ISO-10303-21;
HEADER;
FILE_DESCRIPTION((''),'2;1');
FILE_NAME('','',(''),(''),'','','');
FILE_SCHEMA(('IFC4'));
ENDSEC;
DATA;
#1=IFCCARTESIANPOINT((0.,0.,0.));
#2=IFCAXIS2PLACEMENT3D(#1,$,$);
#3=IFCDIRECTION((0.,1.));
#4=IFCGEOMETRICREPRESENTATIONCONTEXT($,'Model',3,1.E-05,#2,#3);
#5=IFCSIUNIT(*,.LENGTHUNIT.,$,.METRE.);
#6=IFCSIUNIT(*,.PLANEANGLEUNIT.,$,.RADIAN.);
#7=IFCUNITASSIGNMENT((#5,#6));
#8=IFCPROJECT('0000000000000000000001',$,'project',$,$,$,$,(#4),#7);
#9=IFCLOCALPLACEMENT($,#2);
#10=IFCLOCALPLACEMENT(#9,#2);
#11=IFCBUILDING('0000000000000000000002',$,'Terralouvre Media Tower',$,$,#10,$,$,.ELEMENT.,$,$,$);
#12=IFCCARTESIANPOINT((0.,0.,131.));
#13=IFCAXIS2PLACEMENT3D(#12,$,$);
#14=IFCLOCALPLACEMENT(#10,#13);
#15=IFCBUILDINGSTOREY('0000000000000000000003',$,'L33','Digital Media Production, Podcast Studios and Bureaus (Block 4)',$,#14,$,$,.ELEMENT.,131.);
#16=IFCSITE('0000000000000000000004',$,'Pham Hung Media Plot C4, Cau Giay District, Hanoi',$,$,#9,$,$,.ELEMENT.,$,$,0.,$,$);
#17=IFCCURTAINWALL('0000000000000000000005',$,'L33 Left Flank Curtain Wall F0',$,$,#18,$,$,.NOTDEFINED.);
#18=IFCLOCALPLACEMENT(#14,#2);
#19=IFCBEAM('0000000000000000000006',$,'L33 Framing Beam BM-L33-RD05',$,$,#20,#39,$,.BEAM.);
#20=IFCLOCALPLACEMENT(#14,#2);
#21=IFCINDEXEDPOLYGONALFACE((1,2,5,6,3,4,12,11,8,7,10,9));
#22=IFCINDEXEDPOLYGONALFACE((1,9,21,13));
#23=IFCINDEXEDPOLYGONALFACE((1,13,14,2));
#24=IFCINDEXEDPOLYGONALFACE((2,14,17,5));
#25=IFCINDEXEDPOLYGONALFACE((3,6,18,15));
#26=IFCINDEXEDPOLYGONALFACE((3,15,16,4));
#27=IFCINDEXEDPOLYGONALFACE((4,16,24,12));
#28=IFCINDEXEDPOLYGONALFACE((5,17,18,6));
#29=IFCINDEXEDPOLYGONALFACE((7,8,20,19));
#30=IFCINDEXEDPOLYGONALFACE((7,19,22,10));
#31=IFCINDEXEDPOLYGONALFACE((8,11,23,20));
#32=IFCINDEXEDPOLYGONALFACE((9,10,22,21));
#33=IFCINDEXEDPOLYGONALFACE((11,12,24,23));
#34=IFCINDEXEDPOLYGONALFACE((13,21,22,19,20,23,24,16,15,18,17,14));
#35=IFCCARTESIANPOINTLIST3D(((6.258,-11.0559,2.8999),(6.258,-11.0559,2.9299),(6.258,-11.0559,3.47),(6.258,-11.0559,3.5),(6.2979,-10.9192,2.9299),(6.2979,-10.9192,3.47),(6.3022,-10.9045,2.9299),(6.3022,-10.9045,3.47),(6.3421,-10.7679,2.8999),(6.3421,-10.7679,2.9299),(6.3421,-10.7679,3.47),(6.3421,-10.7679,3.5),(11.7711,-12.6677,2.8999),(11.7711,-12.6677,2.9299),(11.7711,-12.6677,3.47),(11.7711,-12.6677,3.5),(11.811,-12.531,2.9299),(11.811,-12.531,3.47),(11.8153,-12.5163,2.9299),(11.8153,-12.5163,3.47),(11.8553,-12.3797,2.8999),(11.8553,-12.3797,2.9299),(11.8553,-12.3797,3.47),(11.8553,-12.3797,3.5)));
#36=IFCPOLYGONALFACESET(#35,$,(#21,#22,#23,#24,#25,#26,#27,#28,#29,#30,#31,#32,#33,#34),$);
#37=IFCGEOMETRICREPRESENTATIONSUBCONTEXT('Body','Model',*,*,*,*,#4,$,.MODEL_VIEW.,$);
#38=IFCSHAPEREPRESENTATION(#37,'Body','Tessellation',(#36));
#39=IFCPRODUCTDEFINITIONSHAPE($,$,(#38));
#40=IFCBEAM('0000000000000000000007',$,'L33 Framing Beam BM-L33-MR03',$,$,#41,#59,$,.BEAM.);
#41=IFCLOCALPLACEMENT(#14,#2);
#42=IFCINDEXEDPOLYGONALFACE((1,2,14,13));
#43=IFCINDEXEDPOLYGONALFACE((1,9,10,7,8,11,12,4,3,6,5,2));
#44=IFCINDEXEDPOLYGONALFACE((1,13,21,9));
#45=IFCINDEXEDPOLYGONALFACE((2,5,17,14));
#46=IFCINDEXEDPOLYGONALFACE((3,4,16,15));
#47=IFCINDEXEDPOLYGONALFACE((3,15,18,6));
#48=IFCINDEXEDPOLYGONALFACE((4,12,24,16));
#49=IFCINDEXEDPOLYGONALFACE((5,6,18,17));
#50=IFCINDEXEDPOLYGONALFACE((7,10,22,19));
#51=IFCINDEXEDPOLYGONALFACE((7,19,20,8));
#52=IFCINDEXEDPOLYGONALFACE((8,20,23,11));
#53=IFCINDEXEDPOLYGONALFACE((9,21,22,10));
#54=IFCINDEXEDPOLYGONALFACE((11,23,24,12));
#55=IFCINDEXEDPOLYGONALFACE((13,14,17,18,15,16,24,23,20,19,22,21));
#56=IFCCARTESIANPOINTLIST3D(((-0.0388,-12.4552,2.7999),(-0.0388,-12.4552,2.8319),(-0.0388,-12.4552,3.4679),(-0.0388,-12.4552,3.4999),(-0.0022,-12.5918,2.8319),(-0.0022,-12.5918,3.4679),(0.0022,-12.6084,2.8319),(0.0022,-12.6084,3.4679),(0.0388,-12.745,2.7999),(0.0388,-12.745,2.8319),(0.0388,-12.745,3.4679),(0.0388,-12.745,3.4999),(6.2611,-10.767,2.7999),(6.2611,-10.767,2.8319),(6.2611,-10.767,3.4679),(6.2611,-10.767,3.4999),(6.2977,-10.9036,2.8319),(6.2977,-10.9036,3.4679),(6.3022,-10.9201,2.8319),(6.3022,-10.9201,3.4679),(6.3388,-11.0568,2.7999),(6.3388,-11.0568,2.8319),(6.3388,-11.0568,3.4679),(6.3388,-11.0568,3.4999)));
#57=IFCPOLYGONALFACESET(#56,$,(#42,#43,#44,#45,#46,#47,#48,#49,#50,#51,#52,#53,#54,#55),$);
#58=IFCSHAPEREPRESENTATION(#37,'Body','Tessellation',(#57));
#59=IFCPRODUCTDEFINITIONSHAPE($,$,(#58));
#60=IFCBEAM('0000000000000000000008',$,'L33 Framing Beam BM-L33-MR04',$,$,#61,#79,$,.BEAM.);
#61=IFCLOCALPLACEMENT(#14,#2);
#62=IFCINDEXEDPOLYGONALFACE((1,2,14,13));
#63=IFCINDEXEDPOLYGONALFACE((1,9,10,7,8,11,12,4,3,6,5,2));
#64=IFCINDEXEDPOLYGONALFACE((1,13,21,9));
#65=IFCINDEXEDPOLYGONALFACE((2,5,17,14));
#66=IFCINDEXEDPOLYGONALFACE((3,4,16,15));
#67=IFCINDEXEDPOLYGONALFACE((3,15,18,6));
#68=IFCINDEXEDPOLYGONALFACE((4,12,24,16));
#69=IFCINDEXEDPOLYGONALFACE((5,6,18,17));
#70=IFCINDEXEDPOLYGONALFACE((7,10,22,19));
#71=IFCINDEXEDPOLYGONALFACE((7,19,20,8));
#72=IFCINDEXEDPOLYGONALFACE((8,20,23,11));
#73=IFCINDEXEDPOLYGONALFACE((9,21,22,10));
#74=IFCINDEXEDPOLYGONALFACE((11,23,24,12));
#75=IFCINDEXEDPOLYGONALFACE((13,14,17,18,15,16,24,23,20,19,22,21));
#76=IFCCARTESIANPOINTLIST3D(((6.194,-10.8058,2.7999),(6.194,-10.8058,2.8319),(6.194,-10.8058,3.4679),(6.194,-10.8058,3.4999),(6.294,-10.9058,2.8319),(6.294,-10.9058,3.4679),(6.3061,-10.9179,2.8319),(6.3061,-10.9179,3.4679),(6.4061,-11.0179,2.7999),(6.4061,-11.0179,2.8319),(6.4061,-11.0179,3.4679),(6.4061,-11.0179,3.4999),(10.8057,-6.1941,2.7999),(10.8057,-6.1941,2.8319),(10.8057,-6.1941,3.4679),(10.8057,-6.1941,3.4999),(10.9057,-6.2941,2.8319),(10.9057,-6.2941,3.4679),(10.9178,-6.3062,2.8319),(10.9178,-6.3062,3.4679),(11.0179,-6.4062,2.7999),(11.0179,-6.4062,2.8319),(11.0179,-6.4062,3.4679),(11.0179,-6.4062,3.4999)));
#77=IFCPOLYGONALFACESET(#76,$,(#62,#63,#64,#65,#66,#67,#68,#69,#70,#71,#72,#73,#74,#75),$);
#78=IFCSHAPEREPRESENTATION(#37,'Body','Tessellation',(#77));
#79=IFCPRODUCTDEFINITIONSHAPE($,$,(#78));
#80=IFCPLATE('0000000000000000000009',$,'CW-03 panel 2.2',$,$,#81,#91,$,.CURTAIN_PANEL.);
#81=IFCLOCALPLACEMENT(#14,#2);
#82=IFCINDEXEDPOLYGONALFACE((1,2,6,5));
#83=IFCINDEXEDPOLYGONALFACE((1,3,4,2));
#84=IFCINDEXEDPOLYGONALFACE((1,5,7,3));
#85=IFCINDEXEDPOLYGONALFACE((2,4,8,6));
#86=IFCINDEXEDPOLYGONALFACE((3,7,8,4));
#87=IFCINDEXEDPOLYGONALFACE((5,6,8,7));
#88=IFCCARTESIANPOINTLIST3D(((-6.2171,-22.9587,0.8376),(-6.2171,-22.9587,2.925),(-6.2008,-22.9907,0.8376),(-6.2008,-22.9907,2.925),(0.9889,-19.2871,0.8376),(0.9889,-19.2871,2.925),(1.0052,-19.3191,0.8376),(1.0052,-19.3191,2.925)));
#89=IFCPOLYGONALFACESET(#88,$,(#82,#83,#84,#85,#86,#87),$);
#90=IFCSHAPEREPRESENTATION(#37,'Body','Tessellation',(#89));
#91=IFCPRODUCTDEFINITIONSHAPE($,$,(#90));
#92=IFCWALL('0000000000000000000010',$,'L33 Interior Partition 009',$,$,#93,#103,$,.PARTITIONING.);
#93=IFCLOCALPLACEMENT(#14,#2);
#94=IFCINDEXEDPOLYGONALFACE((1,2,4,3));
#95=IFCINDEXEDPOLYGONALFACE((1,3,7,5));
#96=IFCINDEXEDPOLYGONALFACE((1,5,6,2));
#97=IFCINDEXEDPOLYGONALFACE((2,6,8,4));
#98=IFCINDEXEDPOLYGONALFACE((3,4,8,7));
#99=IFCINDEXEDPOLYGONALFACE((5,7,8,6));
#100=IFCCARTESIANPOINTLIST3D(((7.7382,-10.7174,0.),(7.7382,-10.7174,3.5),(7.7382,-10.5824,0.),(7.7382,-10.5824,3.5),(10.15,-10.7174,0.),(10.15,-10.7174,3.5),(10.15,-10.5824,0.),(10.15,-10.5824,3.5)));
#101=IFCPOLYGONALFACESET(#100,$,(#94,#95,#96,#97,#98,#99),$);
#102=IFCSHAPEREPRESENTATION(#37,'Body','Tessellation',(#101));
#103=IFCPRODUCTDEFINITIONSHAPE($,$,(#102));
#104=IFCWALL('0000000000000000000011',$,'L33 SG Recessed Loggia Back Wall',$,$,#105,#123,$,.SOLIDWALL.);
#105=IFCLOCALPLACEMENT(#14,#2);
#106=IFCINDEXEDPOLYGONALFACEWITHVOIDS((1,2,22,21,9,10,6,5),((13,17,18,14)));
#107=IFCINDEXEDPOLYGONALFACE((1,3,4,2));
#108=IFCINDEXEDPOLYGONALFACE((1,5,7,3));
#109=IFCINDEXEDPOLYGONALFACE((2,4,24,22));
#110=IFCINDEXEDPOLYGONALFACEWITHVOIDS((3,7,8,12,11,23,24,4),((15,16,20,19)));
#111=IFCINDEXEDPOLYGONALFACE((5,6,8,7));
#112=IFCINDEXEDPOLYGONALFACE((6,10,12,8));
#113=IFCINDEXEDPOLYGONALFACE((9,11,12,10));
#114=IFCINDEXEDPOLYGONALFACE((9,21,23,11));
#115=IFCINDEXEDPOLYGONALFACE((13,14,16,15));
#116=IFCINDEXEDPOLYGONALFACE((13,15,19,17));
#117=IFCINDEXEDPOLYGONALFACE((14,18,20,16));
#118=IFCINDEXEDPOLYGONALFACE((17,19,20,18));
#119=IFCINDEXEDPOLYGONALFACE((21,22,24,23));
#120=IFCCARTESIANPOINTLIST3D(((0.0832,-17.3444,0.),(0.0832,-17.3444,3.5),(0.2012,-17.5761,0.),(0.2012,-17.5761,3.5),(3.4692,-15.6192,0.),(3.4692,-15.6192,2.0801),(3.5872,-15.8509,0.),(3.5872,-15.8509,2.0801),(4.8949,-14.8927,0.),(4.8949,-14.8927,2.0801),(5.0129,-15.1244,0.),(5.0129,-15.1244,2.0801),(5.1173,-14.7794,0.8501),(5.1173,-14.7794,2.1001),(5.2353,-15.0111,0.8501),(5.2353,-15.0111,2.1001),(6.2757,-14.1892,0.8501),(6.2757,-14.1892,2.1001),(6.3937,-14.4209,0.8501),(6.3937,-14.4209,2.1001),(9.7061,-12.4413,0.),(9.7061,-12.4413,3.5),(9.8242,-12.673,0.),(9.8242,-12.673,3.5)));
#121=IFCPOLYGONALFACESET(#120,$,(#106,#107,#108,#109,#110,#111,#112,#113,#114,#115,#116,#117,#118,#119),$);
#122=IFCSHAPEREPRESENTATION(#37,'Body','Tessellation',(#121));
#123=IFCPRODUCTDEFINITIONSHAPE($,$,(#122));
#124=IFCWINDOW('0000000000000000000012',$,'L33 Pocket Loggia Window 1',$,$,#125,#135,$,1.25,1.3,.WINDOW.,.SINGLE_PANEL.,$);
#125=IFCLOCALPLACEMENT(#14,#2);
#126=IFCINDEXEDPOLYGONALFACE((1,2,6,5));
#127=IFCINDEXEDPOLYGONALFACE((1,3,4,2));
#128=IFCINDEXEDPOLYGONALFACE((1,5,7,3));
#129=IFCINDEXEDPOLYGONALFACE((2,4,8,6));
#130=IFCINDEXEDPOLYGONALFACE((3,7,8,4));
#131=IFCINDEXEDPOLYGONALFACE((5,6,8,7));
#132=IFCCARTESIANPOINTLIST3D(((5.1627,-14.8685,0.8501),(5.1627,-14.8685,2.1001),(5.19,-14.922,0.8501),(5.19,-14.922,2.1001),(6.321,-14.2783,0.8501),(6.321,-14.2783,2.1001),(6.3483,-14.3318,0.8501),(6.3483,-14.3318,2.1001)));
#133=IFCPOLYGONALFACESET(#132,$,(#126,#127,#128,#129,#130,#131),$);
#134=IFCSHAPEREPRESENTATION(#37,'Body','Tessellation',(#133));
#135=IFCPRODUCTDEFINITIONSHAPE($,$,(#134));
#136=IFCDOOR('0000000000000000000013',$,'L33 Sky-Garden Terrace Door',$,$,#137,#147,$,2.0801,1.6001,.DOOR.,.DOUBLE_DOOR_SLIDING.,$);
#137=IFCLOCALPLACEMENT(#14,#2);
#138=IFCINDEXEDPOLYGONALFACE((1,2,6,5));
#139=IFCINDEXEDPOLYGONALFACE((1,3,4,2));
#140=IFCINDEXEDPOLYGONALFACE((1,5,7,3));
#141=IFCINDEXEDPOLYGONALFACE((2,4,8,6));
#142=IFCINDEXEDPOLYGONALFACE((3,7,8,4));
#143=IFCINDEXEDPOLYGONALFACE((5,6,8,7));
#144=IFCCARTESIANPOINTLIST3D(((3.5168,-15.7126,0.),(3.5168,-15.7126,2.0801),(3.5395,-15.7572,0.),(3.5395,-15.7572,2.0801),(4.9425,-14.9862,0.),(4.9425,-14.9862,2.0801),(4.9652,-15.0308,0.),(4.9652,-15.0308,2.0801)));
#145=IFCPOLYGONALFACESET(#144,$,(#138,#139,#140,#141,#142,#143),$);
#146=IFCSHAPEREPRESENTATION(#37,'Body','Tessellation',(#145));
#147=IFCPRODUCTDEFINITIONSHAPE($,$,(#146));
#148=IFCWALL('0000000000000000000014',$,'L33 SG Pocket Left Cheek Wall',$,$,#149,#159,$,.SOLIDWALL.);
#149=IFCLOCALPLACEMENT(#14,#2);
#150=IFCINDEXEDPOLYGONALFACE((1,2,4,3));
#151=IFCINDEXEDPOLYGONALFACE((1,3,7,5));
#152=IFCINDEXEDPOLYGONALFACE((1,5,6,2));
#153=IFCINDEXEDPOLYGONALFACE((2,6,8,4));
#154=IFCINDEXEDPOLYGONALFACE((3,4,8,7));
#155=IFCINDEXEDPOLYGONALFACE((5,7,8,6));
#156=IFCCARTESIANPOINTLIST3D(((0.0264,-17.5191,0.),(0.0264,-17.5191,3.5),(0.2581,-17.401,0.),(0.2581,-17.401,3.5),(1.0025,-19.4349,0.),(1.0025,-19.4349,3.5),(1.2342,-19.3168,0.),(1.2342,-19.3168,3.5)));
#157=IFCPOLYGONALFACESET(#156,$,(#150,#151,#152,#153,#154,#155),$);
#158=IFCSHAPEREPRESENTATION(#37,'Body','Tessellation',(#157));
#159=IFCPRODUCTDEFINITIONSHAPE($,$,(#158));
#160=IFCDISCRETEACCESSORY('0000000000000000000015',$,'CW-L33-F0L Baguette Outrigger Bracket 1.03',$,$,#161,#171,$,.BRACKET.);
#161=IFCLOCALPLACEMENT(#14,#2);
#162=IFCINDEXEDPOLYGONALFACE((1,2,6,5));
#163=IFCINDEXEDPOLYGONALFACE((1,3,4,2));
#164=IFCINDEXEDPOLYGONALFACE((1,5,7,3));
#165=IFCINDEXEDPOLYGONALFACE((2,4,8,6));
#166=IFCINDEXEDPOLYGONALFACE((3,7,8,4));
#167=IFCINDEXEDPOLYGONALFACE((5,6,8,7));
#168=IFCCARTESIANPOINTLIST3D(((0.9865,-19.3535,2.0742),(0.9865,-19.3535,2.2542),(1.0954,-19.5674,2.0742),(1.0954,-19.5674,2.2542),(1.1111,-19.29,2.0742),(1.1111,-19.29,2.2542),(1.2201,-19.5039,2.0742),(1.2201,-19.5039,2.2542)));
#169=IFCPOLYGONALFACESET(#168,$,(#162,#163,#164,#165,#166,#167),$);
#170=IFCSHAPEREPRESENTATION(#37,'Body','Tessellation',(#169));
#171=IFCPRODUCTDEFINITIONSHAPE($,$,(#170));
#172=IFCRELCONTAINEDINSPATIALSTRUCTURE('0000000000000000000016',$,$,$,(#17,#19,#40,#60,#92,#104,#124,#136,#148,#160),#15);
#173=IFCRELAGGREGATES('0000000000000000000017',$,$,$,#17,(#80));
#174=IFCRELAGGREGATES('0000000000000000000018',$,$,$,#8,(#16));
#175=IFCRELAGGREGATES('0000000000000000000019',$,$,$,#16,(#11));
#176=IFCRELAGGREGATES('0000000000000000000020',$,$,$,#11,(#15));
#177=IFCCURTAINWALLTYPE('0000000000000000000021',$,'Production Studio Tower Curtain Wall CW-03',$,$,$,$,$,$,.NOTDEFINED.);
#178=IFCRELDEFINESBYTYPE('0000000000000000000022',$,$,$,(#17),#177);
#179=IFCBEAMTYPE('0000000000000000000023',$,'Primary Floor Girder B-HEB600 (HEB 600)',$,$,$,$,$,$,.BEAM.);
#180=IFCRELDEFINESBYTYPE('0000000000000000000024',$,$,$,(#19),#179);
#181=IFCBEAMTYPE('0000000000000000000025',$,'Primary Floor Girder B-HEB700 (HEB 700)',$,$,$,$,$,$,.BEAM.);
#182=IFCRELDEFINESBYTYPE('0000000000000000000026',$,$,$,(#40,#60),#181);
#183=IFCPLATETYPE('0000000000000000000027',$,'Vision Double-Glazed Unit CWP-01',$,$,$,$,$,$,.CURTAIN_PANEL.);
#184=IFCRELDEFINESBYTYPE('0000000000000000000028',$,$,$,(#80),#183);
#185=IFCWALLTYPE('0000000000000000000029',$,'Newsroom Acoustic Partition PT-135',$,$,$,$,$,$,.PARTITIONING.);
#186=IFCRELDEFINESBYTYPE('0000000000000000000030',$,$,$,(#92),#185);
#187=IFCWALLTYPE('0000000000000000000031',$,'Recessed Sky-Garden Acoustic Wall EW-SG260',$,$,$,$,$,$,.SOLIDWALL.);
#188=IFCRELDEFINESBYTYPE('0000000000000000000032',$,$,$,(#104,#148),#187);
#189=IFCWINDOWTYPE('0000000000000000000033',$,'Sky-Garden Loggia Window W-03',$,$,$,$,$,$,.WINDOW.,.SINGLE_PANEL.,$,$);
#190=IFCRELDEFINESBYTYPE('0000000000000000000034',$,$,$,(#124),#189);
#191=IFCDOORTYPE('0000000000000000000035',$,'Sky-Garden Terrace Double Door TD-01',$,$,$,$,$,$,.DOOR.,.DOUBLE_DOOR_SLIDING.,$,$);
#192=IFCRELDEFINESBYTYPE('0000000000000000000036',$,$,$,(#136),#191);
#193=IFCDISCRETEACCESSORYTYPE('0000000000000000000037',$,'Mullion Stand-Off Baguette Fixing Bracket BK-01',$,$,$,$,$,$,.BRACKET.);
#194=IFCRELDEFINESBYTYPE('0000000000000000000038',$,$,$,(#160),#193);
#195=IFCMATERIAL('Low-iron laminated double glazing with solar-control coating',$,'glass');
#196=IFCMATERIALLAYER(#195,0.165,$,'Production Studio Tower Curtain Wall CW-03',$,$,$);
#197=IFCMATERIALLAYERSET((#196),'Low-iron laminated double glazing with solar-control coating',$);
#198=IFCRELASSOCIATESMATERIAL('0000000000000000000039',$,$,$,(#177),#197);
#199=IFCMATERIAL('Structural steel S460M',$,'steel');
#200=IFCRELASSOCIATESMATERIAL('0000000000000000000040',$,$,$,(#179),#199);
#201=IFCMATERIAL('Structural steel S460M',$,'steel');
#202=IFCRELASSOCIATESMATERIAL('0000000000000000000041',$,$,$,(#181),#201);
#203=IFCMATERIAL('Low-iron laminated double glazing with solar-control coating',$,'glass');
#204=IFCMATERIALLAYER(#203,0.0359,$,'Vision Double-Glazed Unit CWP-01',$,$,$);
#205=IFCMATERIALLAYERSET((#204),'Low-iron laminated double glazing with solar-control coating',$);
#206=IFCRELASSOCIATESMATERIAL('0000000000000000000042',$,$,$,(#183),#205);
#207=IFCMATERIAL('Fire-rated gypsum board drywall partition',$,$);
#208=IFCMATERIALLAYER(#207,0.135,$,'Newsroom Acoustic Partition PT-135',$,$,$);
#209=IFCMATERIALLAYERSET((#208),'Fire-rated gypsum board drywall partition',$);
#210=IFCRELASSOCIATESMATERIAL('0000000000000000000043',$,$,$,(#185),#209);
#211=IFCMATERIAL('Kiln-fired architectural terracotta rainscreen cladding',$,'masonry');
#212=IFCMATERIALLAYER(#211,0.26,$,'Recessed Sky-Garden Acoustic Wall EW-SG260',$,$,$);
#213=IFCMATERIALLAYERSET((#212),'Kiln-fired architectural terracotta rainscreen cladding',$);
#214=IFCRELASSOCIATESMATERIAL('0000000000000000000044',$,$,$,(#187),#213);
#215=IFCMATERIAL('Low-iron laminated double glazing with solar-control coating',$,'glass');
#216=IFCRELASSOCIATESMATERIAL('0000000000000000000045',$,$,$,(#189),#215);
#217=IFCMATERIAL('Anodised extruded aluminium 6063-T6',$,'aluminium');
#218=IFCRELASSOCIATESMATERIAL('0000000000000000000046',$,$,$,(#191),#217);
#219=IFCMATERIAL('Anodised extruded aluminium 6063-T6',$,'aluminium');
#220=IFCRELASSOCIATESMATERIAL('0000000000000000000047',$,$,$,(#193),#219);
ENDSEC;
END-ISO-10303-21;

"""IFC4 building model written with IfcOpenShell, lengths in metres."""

from ifc_helpers import new_model, si_unit, direction, frame, frame_2d, origin, origin_2d, place, context, subcontext, project, spatial, rectangle, i_section, extrude, material, layer, layer_set, material_profile, profile_set, type_object, element, fill, aggregate, save


model = new_model("IFC4")

# Units and contexts
model_context = context("Model", 3, precision=1e-05, world=origin(), true_north=direction((0.0, 1.0)))
body_context = subcontext(model_context, "Body", "Model", "MODEL_VIEW")
ifc_project = project(units=[si_unit("LENGTHUNIT", "METRE"), si_unit("PLANEANGLEUNIT", "RADIAN")], contexts=[model_context])

# Site, building, storey
site_placement = place(None, origin())
site = spatial("IfcSite", under=ifc_project, at=site_placement, Name="Pham Hung Media Plot C4, Cau Giay District, Hanoi", CompositionType="ELEMENT", RefElevation=0.0)
building_placement = place(site_placement, origin())
building = spatial("IfcBuilding", under=site, at=building_placement, Name="Terralouvre Media Tower", CompositionType="ELEMENT")
storey_placement = place(building_placement, frame((0.0, 0.0, 131.0)))
storey = spatial("IfcBuildingStorey", under=building, at=storey_placement, Name="L33", Description="Digital Media Production, Podcast Studios and Bureaus (Block 4)", CompositionType="ELEMENT", Elevation=131.0)

# Curtain wall
ifc_material_1 = material(Name="Low-iron laminated double glazing with solar-control coating", Category="glass")
ifc_layer_1 = layer(ifc_material_1, 0.165, Name="Production Studio Tower Curtain Wall CW-03")
ifc_layer_set_1 = layer_set([ifc_layer_1], Name="Low-iron laminated double glazing with solar-control coating")
curtain_wall_type = type_object("IfcCurtainWallType", Name="Production Studio Tower Curtain Wall CW-03", PredefinedType="NOTDEFINED", material=ifc_layer_set_1)
curtain_wall_placement = place(storey_placement, origin())
curtain_wall = element("IfcCurtainWall", 1, at=curtain_wall_placement, inside=storey, type_object=curtain_wall_type, Name="L33 Left Flank Curtain Wall F0", PredefinedType="NOTDEFINED")

# Beams
ifc_material_2 = material(Name="Structural steel S460M", Category="steel")
ifc_material_profile_1 = material_profile(ifc_material_2, i_section(OverallWidth=0.3, OverallDepth=0.6001, WebThickness=0.0154, FlangeThickness=0.03, at=origin_2d()), Name="HEB 600")
ifc_profile_set_1 = profile_set([ifc_material_profile_1], Name="Structural steel S460M")
beam_type_1 = type_object("IfcBeamType", Name="Primary Floor Girder B-HEB600 (HEB 600)", PredefinedType="BEAM", material=ifc_profile_set_1)
beam_1_placement = place(storey_placement, frame((6.3, -10.9119, 3.2), z_axis=(0.959822, -0.28061, 0.0), x_axis=(0.28061, 0.959822, 0.0)))
element("IfcBeam", 2, at=beam_1_placement, inside=storey, type_object=beam_type_1, Name="L33 Framing Beam BM-L33-RD05", PredefinedType="BEAM", context=body_context, shape_type="SweptSolid", body=[
    extrude(i_section(OverallWidth=0.3, OverallDepth=0.6001, WebThickness=0.0154, FlangeThickness=0.03, at=origin_2d()), origin(), (0.0, 0.0, 1.0), 5.7439),
])
ifc_material_3 = material(Name="Structural steel S460M", Category="steel")
ifc_material_profile_2 = material_profile(ifc_material_3, i_section(OverallWidth=0.3, OverallDepth=0.7, WebThickness=0.0171, FlangeThickness=0.032, at=origin_2d()), Name="HEB 700")
ifc_profile_set_2 = profile_set([ifc_material_profile_2], Name="Structural steel S460M")
beam_type_2 = type_object("IfcBeamType", Name="Primary Floor Girder B-HEB700 (HEB 700)", PredefinedType="BEAM", material=ifc_profile_set_2)
beam_2_placement = place(storey_placement, frame((0.0, -12.6001, 3.1499), z_axis=(0.96592, 0.258839, 0.0), x_axis=(-0.258839, 0.96592, 0.0)))
element("IfcBeam", 3, at=beam_2_placement, inside=storey, type_object=beam_type_2, Name="L33 Framing Beam BM-L33-MR03", PredefinedType="BEAM", context=body_context, shape_type="SweptSolid", body=[
    extrude(i_section(OverallWidth=0.3, OverallDepth=0.7, WebThickness=0.0171, FlangeThickness=0.032, at=origin_2d()), origin(), (0.0, 0.0, 1.0), 6.5222),
])
beam_3_placement = place(storey_placement, frame((6.3, -10.9119, 3.1499), z_axis=(0.707107, 0.707107, 0.0), x_axis=(-0.707107, 0.707107, 0.0)))
element("IfcBeam", 4, at=beam_3_placement, inside=storey, type_object=beam_type_2, Name="L33 Framing Beam BM-L33-MR04", PredefinedType="BEAM", context=body_context, shape_type="SweptSolid", body=[
    extrude(i_section(OverallWidth=0.3, OverallDepth=0.7, WebThickness=0.0171, FlangeThickness=0.032, at=origin_2d()), origin(), (0.0, 0.0, 1.0), 6.522),
])

# Plate
ifc_material_4 = material(Name="Low-iron laminated double glazing with solar-control coating", Category="glass")
ifc_layer_2 = layer(ifc_material_4, 0.0359, Name="Vision Double-Glazed Unit CWP-01")
ifc_layer_set_2 = layer_set([ifc_layer_2], Name="Low-iron laminated double glazing with solar-control coating")
plate_type = type_object("IfcPlateType", Name="Vision Double-Glazed Unit CWP-01", PredefinedType="CURTAIN_PANEL", material=ifc_layer_set_2)
plate_placement = place(storey_placement, frame((-2.606, -21.1389, 0.8376), z_axis=(0.0, 0.0, 1.0), x_axis=(0.891007, 0.45399, 0.0)))
plate = element("IfcPlate", 5, at=plate_placement, type_object=plate_type, Name="CW-03 panel 2.2", PredefinedType="CURTAIN_PANEL", context=body_context, shape_type="SweptSolid", body=[
    extrude(rectangle(XDim=8.0874, YDim=0.0359, at=origin_2d()), origin(), (0.0, 0.0, 1.0), 2.0874),
])
aggregate(curtain_wall, [plate])

# Wall
ifc_material_5 = material(Name="Fire-rated gypsum board drywall partition")
ifc_layer_3 = layer(ifc_material_5, 0.135, Name="Newsroom Acoustic Partition PT-135")
ifc_layer_set_3 = layer_set([ifc_layer_3], Name="Fire-rated gypsum board drywall partition")
wall_type_1 = type_object("IfcWallType", Name="Newsroom Acoustic Partition PT-135", PredefinedType="PARTITIONING", material=ifc_layer_set_3)
wall_1_placement = place(storey_placement, frame((7.738, -10.6499, 0.0), z_axis=(0.0, 0.0, 1.0), x_axis=(1.0, 0.0, 0.0)))
element("IfcWall", 6, at=wall_1_placement, inside=storey, type_object=wall_type_1, Name="L33 Interior Partition 009", PredefinedType="PARTITIONING", context=body_context, shape_type="SweptSolid", body=[
    extrude(rectangle(XDim=2.4119, YDim=0.135, at=frame_2d((1.2061, 0.0))), origin(), (0.0, 0.0, 1.0), 3.5),
])

# Wall, openings, window, door
ifc_material_6 = material(Name="Kiln-fired architectural terracotta rainscreen cladding", Category="masonry")
ifc_layer_4 = layer(ifc_material_6, 0.26, Name="Recessed Sky-Garden Acoustic Wall EW-SG260")
ifc_layer_set_4 = layer_set([ifc_layer_4], Name="Kiln-fired architectural terracotta rainscreen cladding")
wall_type_2 = type_object("IfcWallType", Name="Recessed Sky-Garden Acoustic Wall EW-SG260", PredefinedType="SOLIDWALL", material=ifc_layer_set_4)
wall_2_placement = place(storey_placement, frame((0.1423, -17.4602, 0.0), z_axis=(0.0, 0.0, 1.0), x_axis=(0.891006, 0.453991, 0.0)))
wall_2 = element("IfcWall", 7, at=wall_2_placement, inside=storey, type_object=wall_type_2, Name="L33 SG Recessed Loggia Back Wall", PredefinedType="SOLIDWALL", context=body_context, shape_type="SweptSolid", body=[
    extrude(rectangle(XDim=10.8, YDim=0.26, at=frame_2d((5.3999, 0.0))), origin(), (0.0, 0.0, 1.0), 3.5),
])
opening_1_placement = place(wall_2_placement, frame((3.8, 0.0, 0.0)))
opening_1 = element("IfcOpeningElement", 8, at=opening_1_placement, cuts=wall_2, PredefinedType="OPENING", context=body_context, shape_type="SweptSolid", body=[
    extrude(rectangle(XDim=1.6001, YDim=2.0801, at=frame_2d((0.8, 1.04))), frame((0.0, 0.1399, 0.0), z_axis=(0.0, -1.0, 0.0), x_axis=(1.0, 0.0, 0.0)), (0.0, 0.0, 1.0), 0.28),
])
opening_2_placement = place(wall_2_placement, frame((5.6499, 0.0, 0.8501)))
opening_2 = element("IfcOpeningElement", 9, at=opening_2_placement, cuts=wall_2, PredefinedType="OPENING", context=body_context, shape_type="SweptSolid", body=[
    extrude(rectangle(XDim=1.3, YDim=1.25, at=frame_2d((0.6499, 0.625))), frame((0.0, 0.1399, 0.0), z_axis=(0.0, -1.0, 0.0), x_axis=(1.0, 0.0, 0.0)), (0.0, 0.0, 1.0), 0.28),
])
ifc_material_7 = material(Name="Low-iron laminated double glazing with solar-control coating", Category="glass")
window_type = type_object("IfcWindowType", Name="Sky-Garden Loggia Window W-03", PartitioningType="SINGLE_PANEL", PredefinedType="WINDOW", material=ifc_material_7)
window_placement = place(opening_2_placement, origin())
window = element("IfcWindow", 10, at=window_placement, inside=storey, type_object=window_type, Name="L33 Pocket Loggia Window 1", OverallHeight=1.25, OverallWidth=1.3, PartitioningType="SINGLE_PANEL", PredefinedType="WINDOW", context=body_context, shape_type="SweptSolid", body=[
    extrude(rectangle(XDim=1.3, YDim=1.25, at=frame_2d((0.6499, 0.625))), frame((0.0, 0.03, 0.0), z_axis=(0.0, -1.0, 0.0), x_axis=(1.0, 0.0, 0.0)), (0.0, 0.0, 1.0), 0.0601),
])
fill(opening_2, window)
ifc_material_8 = material(Name="Anodised extruded aluminium 6063-T6", Category="aluminium")
door_type = type_object("IfcDoorType", Name="Sky-Garden Terrace Double Door TD-01", OperationType="DOUBLE_DOOR_SLIDING", PredefinedType="DOOR", material=ifc_material_8)
door_placement = place(opening_1_placement, frame((1.6001, 0.0, 0.0), z_axis=(0.0, 0.0, 1.0), x_axis=(-1.0, 0.0, 0.0)))
door = element("IfcDoor", 11, at=door_placement, inside=storey, type_object=door_type, Name="L33 Sky-Garden Terrace Door", OperationType="DOUBLE_DOOR_SLIDING", OverallHeight=2.0801, OverallWidth=1.6001, PredefinedType="DOOR", context=body_context, shape_type="SweptSolid", body=[
    extrude(rectangle(XDim=1.6001, YDim=2.0801, at=frame_2d((0.8, 1.04))), frame((0.0, 0.0249, 0.0), z_axis=(0.0, -1.0, 0.0), x_axis=(1.0, 0.0, 0.0)), (0.0, 0.0, 1.0), 0.05),
])
fill(opening_1, door)

# Wall
wall_3_placement = place(storey_placement, frame((1.1184, -19.376, 0.0), z_axis=(0.0, 0.0, 1.0), x_axis=(-0.453968, 0.891018, 0.0)))
element("IfcWall", 12, at=wall_3_placement, inside=storey, type_object=wall_type_2, Name="L33 SG Pocket Left Cheek Wall", PredefinedType="SOLIDWALL", context=body_context, shape_type="SweptSolid", body=[
    extrude(rectangle(XDim=2.1501, YDim=0.26, at=frame_2d((1.0752, 0.0))), origin(), (0.0, 0.0, 1.0), 3.5),
])

# Discrete accessory
ifc_material_9 = material(Name="Anodised extruded aluminium 6063-T6", Category="aluminium")
discrete_accessory_type_1 = type_object("IfcDiscreteAccessoryType", Name="Mullion Stand-Off Baguette Fixing Bracket BK-01", PredefinedType="BRACKET", material=ifc_material_9)
discrete_accessory_1_placement = place(storey_placement, frame((1.1033, -19.4287, 2.0742), z_axis=(0.0, 0.0, 1.0), x_axis=(0.891007, 0.45399, 0.0)))
element("IfcDiscreteAccessory", 13, at=discrete_accessory_1_placement, inside=storey, type_object=discrete_accessory_type_1, Name="CW-L33-F0L Baguette Outrigger Bracket 1.03", PredefinedType="BRACKET", context=body_context, shape_type="SweptSolid", body=[
    extrude(rectangle(XDim=0.1399, YDim=0.24, at=origin_2d()), origin(), (0.0, 0.0, 1.0), 0.1799),
])

save(model, "model.ifc")
